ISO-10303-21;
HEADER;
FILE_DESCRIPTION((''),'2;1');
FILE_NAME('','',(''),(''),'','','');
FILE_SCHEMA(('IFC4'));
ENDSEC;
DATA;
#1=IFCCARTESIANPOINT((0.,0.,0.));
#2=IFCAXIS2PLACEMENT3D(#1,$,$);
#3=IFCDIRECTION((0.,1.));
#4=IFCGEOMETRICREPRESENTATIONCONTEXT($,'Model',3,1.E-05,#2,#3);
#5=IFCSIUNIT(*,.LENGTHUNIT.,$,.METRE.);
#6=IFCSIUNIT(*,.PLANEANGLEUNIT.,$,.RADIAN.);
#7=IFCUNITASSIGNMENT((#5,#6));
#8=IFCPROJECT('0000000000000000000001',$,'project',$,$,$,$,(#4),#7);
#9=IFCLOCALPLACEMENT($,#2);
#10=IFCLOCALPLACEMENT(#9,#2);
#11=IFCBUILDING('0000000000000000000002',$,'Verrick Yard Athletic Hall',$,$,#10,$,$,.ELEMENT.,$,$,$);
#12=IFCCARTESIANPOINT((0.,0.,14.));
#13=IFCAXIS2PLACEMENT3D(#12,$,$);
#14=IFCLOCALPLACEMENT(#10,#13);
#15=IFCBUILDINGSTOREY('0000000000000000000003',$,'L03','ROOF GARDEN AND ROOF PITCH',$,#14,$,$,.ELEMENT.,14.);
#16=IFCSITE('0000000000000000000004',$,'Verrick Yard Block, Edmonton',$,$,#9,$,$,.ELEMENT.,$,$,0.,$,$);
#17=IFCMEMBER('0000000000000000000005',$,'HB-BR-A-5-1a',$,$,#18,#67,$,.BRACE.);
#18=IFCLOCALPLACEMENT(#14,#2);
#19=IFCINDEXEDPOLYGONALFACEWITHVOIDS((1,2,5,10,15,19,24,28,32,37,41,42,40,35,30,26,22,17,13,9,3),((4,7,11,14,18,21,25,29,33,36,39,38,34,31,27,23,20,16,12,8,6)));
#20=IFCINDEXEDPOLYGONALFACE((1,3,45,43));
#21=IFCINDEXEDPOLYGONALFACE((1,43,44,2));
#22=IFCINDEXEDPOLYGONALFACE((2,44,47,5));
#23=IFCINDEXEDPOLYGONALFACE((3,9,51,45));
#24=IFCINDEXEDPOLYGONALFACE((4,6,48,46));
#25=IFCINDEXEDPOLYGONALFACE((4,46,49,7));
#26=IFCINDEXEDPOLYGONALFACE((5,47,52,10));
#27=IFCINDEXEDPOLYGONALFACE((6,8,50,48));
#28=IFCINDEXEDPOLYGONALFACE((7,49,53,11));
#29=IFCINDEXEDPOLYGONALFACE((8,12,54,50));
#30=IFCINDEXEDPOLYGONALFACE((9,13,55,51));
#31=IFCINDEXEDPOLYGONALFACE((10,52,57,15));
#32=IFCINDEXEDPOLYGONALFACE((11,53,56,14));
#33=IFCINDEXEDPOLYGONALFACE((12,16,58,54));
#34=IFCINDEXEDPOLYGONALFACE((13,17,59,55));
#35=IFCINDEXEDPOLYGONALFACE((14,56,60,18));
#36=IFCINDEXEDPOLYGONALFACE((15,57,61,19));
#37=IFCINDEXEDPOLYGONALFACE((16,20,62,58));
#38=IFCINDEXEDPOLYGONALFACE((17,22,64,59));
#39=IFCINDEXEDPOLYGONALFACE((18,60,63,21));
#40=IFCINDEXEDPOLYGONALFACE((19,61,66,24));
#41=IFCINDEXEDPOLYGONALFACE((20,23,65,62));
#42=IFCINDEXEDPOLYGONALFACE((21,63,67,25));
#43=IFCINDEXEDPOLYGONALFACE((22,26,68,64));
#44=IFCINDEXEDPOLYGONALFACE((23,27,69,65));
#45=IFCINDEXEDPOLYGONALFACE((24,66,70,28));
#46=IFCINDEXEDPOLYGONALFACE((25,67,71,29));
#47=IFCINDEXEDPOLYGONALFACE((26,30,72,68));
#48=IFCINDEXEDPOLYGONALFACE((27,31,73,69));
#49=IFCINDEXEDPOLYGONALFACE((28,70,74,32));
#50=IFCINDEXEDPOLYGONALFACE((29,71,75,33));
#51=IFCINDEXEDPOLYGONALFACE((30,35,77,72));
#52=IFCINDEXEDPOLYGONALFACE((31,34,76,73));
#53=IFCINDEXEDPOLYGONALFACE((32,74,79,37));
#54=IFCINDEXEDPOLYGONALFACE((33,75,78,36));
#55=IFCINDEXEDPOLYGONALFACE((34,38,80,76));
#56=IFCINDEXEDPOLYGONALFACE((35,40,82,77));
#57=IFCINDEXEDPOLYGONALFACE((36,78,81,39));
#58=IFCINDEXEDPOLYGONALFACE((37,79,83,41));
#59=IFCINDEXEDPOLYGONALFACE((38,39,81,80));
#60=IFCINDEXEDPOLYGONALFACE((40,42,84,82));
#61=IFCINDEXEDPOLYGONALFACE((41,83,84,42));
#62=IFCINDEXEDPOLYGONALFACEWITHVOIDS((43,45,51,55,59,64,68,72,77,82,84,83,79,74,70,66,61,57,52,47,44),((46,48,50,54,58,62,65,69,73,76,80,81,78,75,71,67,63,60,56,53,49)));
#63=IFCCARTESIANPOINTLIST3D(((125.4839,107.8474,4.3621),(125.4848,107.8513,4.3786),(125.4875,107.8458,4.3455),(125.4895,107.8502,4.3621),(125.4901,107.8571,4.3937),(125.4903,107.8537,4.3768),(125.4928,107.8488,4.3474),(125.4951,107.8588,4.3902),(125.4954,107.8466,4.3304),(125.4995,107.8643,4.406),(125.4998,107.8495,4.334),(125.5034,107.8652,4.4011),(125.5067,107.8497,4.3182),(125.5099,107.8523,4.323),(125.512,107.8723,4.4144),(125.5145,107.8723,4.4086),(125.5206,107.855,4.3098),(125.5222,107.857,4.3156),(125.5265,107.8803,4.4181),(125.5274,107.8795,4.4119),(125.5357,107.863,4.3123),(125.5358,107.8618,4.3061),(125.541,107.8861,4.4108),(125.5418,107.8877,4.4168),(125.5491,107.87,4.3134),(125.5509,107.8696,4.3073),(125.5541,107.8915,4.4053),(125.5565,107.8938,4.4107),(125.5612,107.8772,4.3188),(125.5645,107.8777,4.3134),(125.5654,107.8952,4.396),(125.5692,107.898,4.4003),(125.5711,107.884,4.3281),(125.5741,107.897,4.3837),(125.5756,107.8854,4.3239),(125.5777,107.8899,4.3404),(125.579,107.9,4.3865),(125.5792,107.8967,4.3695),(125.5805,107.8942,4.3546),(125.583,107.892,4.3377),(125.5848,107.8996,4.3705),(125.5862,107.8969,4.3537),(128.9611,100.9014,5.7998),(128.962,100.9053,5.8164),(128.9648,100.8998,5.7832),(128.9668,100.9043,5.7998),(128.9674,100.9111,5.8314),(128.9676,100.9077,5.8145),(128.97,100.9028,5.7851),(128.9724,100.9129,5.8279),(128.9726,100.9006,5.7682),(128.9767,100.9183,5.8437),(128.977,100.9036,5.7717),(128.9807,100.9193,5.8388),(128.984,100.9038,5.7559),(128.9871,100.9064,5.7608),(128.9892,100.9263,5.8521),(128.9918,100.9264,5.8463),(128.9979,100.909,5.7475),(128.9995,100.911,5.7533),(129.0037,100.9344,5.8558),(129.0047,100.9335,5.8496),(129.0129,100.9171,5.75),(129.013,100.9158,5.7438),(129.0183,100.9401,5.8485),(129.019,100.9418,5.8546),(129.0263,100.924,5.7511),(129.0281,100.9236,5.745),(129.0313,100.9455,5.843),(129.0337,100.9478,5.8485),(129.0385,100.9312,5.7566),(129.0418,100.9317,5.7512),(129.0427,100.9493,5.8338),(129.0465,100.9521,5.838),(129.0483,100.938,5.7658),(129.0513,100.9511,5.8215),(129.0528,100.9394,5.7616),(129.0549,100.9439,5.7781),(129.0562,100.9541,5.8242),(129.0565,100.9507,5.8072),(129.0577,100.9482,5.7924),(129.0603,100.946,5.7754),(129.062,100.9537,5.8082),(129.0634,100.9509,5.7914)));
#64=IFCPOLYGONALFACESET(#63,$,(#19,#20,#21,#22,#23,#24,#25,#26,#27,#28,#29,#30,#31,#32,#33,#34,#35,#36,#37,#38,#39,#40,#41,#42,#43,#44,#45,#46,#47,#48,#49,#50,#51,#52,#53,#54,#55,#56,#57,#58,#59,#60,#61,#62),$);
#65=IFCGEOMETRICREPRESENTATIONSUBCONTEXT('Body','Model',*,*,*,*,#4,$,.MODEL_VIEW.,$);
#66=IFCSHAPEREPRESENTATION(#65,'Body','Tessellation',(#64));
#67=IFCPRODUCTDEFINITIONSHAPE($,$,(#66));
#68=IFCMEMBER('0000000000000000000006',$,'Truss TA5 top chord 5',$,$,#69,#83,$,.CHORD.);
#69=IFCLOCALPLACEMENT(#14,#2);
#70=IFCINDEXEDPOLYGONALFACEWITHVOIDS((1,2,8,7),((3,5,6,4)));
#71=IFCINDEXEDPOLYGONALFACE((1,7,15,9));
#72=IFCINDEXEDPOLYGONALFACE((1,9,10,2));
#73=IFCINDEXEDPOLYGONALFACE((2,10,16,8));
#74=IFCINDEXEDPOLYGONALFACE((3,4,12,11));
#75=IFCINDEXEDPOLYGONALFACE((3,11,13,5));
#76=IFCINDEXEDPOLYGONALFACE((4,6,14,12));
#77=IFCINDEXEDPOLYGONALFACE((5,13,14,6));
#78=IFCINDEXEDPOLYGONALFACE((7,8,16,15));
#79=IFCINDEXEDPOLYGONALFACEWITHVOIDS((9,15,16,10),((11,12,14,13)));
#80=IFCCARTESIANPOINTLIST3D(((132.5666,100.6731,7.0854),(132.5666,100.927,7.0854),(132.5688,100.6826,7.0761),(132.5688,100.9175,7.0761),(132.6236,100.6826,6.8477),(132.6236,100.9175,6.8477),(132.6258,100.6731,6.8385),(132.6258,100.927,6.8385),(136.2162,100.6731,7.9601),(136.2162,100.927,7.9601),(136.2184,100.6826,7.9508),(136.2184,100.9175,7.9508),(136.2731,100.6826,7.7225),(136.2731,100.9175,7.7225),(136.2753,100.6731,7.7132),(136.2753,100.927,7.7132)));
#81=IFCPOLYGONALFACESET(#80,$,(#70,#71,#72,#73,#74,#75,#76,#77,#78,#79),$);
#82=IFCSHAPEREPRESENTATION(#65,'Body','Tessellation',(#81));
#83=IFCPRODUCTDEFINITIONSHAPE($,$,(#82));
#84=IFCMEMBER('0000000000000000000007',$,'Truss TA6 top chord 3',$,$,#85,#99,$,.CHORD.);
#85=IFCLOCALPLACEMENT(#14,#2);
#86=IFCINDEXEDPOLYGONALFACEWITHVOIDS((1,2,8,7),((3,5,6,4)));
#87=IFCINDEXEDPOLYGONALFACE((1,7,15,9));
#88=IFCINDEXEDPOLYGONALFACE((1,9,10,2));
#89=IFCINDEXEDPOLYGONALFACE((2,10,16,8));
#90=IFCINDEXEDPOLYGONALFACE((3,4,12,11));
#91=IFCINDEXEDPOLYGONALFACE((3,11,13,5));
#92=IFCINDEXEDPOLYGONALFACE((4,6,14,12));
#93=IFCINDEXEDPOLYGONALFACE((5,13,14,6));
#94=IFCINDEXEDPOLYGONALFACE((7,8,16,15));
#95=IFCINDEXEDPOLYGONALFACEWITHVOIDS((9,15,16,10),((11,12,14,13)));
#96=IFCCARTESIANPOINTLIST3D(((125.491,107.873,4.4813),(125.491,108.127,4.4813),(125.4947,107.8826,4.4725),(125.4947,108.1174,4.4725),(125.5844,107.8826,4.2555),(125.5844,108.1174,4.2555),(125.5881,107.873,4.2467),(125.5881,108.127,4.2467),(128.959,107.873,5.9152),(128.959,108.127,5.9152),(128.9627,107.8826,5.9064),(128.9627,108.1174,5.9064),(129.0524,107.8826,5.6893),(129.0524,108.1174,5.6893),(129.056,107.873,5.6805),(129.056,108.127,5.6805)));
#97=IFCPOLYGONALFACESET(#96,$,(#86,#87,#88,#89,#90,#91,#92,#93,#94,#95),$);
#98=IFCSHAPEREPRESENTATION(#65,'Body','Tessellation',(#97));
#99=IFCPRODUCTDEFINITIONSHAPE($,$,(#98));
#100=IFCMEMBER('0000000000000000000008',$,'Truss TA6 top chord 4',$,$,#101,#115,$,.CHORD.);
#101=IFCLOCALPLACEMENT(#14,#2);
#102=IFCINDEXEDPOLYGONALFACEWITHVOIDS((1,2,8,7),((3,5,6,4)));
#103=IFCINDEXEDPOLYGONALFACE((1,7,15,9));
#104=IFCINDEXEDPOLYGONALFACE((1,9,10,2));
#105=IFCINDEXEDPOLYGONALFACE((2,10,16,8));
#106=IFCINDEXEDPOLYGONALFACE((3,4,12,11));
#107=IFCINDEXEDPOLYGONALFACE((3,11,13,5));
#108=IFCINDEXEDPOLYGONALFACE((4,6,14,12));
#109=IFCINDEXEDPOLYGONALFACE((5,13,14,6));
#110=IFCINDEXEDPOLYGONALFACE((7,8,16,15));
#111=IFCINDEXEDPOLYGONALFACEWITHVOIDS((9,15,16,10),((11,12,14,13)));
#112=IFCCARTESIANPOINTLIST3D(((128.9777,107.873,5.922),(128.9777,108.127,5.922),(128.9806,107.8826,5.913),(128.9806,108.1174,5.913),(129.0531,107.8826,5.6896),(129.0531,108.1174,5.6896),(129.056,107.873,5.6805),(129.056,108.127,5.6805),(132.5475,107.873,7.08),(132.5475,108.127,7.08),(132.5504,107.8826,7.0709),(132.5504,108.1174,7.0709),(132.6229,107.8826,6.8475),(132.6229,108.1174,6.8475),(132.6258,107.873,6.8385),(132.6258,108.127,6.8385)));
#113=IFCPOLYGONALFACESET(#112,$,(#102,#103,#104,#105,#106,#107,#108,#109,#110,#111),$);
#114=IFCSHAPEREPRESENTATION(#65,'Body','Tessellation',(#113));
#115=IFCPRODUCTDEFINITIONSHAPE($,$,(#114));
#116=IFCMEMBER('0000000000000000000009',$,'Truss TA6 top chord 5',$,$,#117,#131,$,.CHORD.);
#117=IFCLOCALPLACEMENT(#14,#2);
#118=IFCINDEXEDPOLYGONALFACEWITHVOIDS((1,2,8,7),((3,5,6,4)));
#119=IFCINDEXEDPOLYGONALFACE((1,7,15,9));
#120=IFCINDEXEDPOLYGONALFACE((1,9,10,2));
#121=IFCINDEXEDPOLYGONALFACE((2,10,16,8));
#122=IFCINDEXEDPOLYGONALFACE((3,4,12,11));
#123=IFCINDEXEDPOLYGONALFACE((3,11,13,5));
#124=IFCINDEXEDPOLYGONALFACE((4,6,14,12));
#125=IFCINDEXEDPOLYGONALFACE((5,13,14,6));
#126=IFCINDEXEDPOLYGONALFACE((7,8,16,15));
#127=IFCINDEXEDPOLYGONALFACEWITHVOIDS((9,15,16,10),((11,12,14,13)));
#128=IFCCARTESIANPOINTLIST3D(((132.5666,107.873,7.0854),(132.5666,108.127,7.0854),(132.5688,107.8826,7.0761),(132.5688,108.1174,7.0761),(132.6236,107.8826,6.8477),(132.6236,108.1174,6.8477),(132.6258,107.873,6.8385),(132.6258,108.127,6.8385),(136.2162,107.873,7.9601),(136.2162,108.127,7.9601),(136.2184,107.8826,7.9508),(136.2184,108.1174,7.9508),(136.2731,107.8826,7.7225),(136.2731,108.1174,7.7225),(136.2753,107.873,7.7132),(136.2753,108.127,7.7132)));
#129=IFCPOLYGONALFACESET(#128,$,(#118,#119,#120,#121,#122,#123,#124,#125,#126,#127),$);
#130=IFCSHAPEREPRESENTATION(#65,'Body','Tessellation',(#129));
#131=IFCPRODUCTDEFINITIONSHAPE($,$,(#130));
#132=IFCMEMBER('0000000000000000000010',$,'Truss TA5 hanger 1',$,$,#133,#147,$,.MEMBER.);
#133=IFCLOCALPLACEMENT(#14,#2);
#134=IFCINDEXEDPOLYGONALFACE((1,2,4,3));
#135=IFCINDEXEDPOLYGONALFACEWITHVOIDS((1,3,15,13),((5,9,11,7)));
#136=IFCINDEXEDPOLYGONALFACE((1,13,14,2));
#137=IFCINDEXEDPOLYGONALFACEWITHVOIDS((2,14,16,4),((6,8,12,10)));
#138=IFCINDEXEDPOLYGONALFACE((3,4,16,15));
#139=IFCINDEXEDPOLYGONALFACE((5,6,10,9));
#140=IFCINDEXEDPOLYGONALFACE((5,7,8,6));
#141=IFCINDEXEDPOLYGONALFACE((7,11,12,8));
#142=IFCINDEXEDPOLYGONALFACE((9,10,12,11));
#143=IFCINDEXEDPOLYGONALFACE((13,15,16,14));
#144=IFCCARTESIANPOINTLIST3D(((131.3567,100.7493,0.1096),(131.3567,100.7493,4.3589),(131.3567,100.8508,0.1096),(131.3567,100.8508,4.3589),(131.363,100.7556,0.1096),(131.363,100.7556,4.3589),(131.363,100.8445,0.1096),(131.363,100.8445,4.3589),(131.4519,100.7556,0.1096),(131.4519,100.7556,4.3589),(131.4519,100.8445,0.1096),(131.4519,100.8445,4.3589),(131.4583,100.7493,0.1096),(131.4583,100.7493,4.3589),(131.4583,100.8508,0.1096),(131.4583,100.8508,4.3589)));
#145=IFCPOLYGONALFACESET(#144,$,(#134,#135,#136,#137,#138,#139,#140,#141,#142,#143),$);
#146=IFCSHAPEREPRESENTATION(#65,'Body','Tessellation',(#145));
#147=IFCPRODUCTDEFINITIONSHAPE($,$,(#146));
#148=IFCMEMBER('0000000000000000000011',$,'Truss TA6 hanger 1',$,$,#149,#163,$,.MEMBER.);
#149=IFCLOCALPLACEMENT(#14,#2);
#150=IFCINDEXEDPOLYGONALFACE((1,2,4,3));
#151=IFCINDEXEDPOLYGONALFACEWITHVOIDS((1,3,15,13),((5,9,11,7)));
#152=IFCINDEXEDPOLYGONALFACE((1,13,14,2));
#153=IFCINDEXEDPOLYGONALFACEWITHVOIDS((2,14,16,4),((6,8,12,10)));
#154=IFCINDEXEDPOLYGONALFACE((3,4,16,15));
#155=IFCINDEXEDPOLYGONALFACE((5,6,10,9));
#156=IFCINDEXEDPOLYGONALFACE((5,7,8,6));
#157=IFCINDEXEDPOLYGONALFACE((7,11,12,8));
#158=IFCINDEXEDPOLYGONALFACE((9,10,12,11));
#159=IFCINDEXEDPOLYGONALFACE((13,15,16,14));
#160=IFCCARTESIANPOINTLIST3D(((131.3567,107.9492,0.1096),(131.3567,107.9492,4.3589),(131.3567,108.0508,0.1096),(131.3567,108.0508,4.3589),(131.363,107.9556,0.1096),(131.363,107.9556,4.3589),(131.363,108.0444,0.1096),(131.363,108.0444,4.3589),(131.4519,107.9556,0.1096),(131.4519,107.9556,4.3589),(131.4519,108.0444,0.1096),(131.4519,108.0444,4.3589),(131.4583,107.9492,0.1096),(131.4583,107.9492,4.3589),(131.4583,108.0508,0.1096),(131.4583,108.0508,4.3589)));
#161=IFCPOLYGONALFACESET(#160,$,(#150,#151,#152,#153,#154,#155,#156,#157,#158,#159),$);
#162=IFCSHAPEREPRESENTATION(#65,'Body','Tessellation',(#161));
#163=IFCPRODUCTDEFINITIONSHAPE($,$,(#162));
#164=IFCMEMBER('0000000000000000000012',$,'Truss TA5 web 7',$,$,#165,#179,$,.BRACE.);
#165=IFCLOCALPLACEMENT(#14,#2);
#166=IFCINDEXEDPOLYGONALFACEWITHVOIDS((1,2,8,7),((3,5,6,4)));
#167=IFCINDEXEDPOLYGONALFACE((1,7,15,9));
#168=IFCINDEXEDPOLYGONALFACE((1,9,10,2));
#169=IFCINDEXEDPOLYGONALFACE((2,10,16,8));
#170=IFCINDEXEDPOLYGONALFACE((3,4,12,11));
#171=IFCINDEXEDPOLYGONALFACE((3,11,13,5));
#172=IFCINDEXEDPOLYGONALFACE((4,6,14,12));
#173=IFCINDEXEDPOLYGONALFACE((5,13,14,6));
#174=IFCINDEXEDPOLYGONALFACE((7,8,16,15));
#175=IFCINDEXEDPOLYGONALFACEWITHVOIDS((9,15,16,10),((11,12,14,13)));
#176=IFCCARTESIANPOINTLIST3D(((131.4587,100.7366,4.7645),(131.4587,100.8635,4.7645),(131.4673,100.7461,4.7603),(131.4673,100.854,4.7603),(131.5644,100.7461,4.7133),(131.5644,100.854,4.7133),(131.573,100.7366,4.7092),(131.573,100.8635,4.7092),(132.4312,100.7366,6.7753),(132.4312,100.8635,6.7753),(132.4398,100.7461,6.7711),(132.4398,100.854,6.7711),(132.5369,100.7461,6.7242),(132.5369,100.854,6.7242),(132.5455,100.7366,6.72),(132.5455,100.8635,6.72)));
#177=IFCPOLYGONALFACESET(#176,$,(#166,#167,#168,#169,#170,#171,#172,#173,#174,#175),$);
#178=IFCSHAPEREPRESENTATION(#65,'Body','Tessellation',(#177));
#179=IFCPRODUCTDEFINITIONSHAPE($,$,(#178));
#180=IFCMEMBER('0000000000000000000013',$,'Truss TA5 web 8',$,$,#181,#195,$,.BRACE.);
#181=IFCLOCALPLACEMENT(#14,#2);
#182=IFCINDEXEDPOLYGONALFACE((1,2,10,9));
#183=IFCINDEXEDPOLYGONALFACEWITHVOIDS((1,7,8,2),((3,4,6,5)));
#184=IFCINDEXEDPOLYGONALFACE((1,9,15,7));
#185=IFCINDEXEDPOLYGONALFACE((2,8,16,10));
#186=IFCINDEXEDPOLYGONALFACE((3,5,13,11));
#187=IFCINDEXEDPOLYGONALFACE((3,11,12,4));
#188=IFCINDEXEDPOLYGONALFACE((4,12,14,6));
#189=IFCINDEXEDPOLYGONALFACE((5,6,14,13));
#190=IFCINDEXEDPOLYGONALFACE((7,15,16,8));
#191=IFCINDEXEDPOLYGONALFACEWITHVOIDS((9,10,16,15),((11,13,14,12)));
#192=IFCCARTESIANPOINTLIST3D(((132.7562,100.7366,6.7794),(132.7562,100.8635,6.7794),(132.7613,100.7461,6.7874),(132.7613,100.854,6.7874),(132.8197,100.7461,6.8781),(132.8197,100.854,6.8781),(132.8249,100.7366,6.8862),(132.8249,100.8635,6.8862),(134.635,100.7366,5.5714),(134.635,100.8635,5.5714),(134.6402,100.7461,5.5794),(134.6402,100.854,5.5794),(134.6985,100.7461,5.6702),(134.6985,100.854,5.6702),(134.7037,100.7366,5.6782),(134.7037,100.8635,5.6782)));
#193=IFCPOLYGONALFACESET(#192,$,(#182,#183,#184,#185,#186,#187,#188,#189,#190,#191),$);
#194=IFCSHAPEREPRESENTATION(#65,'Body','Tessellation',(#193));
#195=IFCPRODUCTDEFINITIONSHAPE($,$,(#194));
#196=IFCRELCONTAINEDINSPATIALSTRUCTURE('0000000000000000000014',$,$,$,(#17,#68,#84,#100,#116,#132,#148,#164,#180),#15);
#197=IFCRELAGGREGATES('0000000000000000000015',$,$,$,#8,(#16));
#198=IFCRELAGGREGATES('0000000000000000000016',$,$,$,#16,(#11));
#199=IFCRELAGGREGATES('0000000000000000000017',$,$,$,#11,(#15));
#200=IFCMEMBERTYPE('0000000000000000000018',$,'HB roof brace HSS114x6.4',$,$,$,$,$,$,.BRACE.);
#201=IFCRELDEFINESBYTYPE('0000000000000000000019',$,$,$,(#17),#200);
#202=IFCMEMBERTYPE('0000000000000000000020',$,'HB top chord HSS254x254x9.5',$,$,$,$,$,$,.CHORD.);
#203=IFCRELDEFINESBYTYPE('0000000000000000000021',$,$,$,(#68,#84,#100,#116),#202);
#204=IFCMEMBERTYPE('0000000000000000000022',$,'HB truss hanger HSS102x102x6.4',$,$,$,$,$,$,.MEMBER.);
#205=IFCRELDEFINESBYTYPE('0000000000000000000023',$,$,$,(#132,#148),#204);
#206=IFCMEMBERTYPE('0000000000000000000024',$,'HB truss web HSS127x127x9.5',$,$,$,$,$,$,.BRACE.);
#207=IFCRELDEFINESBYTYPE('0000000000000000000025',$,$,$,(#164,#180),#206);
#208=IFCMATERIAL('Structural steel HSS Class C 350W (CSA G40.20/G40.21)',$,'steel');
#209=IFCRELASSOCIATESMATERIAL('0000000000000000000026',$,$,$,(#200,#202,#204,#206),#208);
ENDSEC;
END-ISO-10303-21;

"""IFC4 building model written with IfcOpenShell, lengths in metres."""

from ifc_helpers import new_model, si_unit, direction, frame, origin, origin_2d, place, context, subcontext, project, spatial, hollow_rectangle, hollow_circle, extrude, material, material_profile, profile_set, type_object, element, save


model = new_model("IFC4")

# Units and contexts
model_context = context("Model", 3, precision=1e-05, world=origin(), true_north=direction((0.0, 1.0)))
body_context = subcontext(model_context, "Body", "Model", "MODEL_VIEW")
ifc_project = project(units=[si_unit("LENGTHUNIT", "METRE"), si_unit("PLANEANGLEUNIT", "RADIAN")], contexts=[model_context])

# Site, building, storey
site_placement = place(None, origin())
site = spatial("IfcSite", under=ifc_project, at=site_placement, Name="Verrick Yard Block, Edmonton", CompositionType="ELEMENT", RefElevation=0.0)
building_placement = place(site_placement, origin())
building = spatial("IfcBuilding", under=site, at=building_placement, Name="Verrick Yard Athletic Hall", CompositionType="ELEMENT")
storey_placement = place(building_placement, frame((0.0, 0.0, 14.0)))
storey = spatial("IfcBuildingStorey", under=building, at=storey_placement, Name="L03", Description="ROOF GARDEN AND ROOF PITCH", CompositionType="ELEMENT", Elevation=14.0)

# Members
ifc_material_1 = material(Name="Structural steel HSS Class C 350W (CSA G40.20/G40.21)", Category="steel")
ifc_material_profile_1 = material_profile(ifc_material_1, hollow_circle(Radius=0.0571, WallThickness=0.0063, at=origin_2d()), Name="HSS114x6.4")
ifc_profile_set_1 = profile_set([ifc_material_profile_1], Name="Structural steel HSS Class C 350W (CSA G40.20/G40.21)")
member_type_1 = type_object("IfcMemberType", Name="HB roof brace HSS114x6.4", PredefinedType="BRACE", material=ifc_profile_set_1)
member_1_placement = place(storey_placement, frame((129.0122, 100.927, 5.7998), z_axis=(-0.440177, 0.879273, -0.181998), x_axis=(-0.894207, -0.447654, 0.0)))
element("IfcMember", 1, at=member_1_placement, inside=storey, type_object=member_type_1, Name="HB-BR-A-5-1a", PredefinedType="BRACE", context=body_context, shape_type="SweptSolid", body=[
    extrude(hollow_circle(Radius=0.0571, WallThickness=0.0063, at=origin_2d()), origin(), (0.0, 0.0, 1.0), 7.8997),
])
ifc_material_profile_2 = material_profile(ifc_material_1, hollow_rectangle(XDim=0.2539, YDim=0.2539, WallThickness=0.0095, at=origin_2d()), Name="HSS254x254x9.5")
ifc_profile_set_2 = profile_set([ifc_material_profile_2], Name="Structural steel HSS Class C 350W (CSA G40.20/G40.21)")
member_type_2 = type_object("IfcMemberType", Name="HB top chord HSS254x254x9.5", PredefinedType="CHORD", material=ifc_profile_set_2)
member_2_placement = place(storey_placement, frame((132.5962, 100.8, 6.9619), z_axis=(0.972458, 0.0, 0.23308), x_axis=(0.0, 1.0, 0.0)))
element("IfcMember", 2, at=member_2_placement, inside=storey, type_object=member_type_2, Name="Truss TA5 top chord 5", PredefinedType="CHORD", context=body_context, shape_type="SweptSolid", body=[
    extrude(hollow_rectangle(XDim=0.2539, YDim=0.2539, WallThickness=0.0095, at=origin_2d()), origin(), (0.0, 0.0, 1.0), 3.7529),
])
member_3_placement = place(storey_placement, frame((125.5396, 108.0, 4.364), z_axis=(0.92413, 0.0, 0.382078), x_axis=(0.0, 1.0, 0.0)))
element("IfcMember", 3, at=member_3_placement, inside=storey, type_object=member_type_2, Name="Truss TA6 top chord 3", PredefinedType="CHORD", context=body_context, shape_type="SweptSolid", body=[
    extrude(hollow_rectangle(XDim=0.2539, YDim=0.2539, WallThickness=0.0095, at=origin_2d()), origin(), (0.0, 0.0, 1.0), 3.7527),
])
for number, where, z_axis, x_axis, name in (
    (4, (129.0168, 108.0, 5.8013), (0.951209, 0.0, 0.308548), (0.0, 1.0, 0.0), "Truss TA6 top chord 4"),
    (5, (132.5962, 108.0, 6.9619), (0.972458, 0.0, 0.23308), (0.0, 1.0, 0.0), "Truss TA6 top chord 5"),
):
    element("IfcMember", number, at=place(storey_placement, frame(where, z_axis=z_axis, x_axis=x_axis)), inside=storey, type_object=member_type_2, Name=name, PredefinedType="CHORD", context=body_context, shape_type="SweptSolid", body=[
        extrude(hollow_rectangle(XDim=0.2539, YDim=0.2539, WallThickness=0.0095, at=origin_2d()), origin(), (0.0, 0.0, 1.0), 3.7529),
    ])
ifc_material_profile_3 = material_profile(ifc_material_1, hollow_rectangle(XDim=0.1016, YDim=0.1016, WallThickness=0.0063, at=origin_2d()), Name="HSS102x102x6.4")
ifc_profile_set_3 = profile_set([ifc_material_profile_3], Name="Structural steel HSS Class C 350W (CSA G40.20/G40.21)")
member_type_3 = type_object("IfcMemberType", Name="HB truss hanger HSS102x102x6.4", PredefinedType="MEMBER", material=ifc_profile_set_3)
for number, where, z_axis, x_axis, name in (
    (6, (131.4075, 100.8, 4.3589), (0.0, 0.0, -1.0), (0.0, -1.0, 0.0), "Truss TA5 hanger 1"),
    (7, (131.4075, 108.0, 4.3589), (0.0, 0.0, -1.0), (0.0, -1.0, 0.0), "Truss TA6 hanger 1"),
):
    element("IfcMember", number, at=place(storey_placement, frame(where, z_axis=z_axis, x_axis=x_axis)), inside=storey, type_object=member_type_3, Name=name, PredefinedType="MEMBER", context=body_context, shape_type="SweptSolid", body=[
        extrude(hollow_rectangle(XDim=0.1016, YDim=0.1016, WallThickness=0.0063, at=origin_2d()), origin(), (0.0, 0.0, 1.0), 4.2493),
    ])
ifc_material_profile_4 = material_profile(ifc_material_1, hollow_rectangle(XDim=0.127, YDim=0.127, WallThickness=0.0095, at=origin_2d()), Name="HSS127x127x9.5")
ifc_profile_set_4 = profile_set([ifc_material_profile_4], Name="Structural steel HSS Class C 350W (CSA G40.20/G40.21)")
member_type_4 = type_object("IfcMemberType", Name="HB truss web HSS127x127x9.5", PredefinedType="BRACE", material=ifc_profile_set_4)
for number, where, z_axis, x_axis, name in (
    (8, (131.5159, 100.8, 4.7368), (0.435369, 0.0, 0.900252), (0.0, 1.0, 0.0), "Truss TA5 web 7"),
    (9, (132.7905, 100.8, 6.8328), (0.84115, 0.0, -0.540802), (0.0, 1.0, 0.0), "Truss TA5 web 8"),
):
    element("IfcMember", number, at=place(storey_placement, frame(where, z_axis=z_axis, x_axis=x_axis)), inside=storey, type_object=member_type_4, Name=name, PredefinedType="BRACE", context=body_context, shape_type="SweptSolid", body=[
        extrude(hollow_rectangle(XDim=0.127, YDim=0.127, WallThickness=0.0095, at=origin_2d()), origin(), (0.0, 0.0, 1.0), 2.2336),
    ])

save(model, "model.ifc")
